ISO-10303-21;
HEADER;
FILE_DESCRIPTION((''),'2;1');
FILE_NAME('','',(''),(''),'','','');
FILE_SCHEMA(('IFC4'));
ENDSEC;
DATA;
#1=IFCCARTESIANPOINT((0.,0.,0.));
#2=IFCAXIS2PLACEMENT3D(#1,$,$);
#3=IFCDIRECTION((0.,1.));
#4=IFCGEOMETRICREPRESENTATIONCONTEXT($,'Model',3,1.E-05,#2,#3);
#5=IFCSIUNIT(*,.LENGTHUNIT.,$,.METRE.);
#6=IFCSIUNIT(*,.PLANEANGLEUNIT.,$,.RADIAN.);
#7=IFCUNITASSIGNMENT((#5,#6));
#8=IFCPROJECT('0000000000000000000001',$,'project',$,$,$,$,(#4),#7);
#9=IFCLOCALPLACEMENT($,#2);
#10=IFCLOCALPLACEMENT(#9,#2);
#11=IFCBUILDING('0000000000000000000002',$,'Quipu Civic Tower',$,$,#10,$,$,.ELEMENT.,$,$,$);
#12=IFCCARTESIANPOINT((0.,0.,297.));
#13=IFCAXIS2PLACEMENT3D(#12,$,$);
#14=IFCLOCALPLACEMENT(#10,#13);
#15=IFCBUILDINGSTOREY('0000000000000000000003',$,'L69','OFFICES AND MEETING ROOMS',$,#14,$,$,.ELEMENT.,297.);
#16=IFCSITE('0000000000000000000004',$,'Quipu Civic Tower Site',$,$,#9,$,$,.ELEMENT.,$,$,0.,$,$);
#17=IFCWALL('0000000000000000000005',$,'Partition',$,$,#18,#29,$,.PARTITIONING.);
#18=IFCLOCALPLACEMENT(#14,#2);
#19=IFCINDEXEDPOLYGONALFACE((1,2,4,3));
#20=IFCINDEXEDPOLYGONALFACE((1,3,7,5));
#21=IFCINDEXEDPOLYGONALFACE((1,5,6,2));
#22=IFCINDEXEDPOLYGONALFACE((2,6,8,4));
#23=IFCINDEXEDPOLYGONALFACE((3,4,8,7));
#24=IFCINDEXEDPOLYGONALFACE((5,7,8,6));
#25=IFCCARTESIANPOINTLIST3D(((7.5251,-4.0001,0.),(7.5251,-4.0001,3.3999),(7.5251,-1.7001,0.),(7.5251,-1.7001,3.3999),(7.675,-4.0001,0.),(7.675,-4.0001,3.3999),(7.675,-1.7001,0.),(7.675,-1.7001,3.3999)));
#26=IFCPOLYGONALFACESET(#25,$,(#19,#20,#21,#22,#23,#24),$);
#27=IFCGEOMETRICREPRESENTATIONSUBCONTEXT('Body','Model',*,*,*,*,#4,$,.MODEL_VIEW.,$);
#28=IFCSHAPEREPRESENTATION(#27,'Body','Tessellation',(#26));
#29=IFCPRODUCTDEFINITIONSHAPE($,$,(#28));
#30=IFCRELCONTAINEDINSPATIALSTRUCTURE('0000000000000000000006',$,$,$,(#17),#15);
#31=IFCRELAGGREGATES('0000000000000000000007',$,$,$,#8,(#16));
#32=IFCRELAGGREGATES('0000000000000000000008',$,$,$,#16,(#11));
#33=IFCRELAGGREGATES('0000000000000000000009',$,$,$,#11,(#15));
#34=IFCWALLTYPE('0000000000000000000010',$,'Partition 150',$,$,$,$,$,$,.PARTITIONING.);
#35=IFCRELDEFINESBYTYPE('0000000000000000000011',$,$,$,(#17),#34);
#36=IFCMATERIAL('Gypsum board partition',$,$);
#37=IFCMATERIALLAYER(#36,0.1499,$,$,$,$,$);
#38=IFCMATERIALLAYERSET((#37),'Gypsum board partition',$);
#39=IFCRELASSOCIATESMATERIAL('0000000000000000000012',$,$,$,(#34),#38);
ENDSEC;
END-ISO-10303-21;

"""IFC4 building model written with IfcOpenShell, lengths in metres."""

from ifc_helpers import new_model, si_unit, direction, frame, frame_2d, origin, place, context, subcontext, project, spatial, rectangle, extrude, material, layer, layer_set, type_object, element, save


model = new_model("IFC4")

# Units and contexts
model_context = context("Model", 3, precision=1e-05, world=origin(), true_north=direction((0.0, 1.0)))
body_context = subcontext(model_context, "Body", "Model", "MODEL_VIEW")
ifc_project = project(units=[si_unit("LENGTHUNIT", "METRE"), si_unit("PLANEANGLEUNIT", "RADIAN")], contexts=[model_context])

# Site, building, storey
site_placement = place(None, origin())
site = spatial("IfcSite", under=ifc_project, at=site_placement, Name="Quipu Civic Tower Site", CompositionType="ELEMENT", RefElevation=0.0)
building_placement = place(site_placement, origin())
building = spatial("IfcBuilding", under=site, at=building_placement, Name="Quipu Civic Tower", CompositionType="ELEMENT")
storey_placement = place(building_placement, frame((0.0, 0.0, 297.0)))
storey = spatial("IfcBuildingStorey", under=building, at=storey_placement, Name="L69", Description="OFFICES AND MEETING ROOMS", CompositionType="ELEMENT", Elevation=297.0)

# Shared definitions
ifc_material_1 = material(Name="Gypsum board partition")
ifc_layer_1 = layer(ifc_material_1, 0.1499)
ifc_layer_set_1 = layer_set([ifc_layer_1], Name="Gypsum board partition")
wall_type_1 = type_object("IfcWallType", Name="Partition 150", PredefinedType="PARTITIONING", material=ifc_layer_set_1)

# Wall
wall_1_placement = place(storey_placement, frame((7.6001, -4.0, 0.0), z_axis=(0.0, 0.0, 1.0), x_axis=(0.0, 1.0, 0.0)))
element("IfcWall", 1, at=wall_1_placement, inside=storey, type_object=wall_type_1, Name="Partition", PredefinedType="PARTITIONING", context=body_context, shape_type="SweptSolid", body=[
    extrude(rectangle(XDim=2.3, YDim=0.1499, at=frame_2d((1.1499, 0.0))), origin(), (0.0, 0.0, 1.0), 3.3999),
])

save(model, "model.ifc")
